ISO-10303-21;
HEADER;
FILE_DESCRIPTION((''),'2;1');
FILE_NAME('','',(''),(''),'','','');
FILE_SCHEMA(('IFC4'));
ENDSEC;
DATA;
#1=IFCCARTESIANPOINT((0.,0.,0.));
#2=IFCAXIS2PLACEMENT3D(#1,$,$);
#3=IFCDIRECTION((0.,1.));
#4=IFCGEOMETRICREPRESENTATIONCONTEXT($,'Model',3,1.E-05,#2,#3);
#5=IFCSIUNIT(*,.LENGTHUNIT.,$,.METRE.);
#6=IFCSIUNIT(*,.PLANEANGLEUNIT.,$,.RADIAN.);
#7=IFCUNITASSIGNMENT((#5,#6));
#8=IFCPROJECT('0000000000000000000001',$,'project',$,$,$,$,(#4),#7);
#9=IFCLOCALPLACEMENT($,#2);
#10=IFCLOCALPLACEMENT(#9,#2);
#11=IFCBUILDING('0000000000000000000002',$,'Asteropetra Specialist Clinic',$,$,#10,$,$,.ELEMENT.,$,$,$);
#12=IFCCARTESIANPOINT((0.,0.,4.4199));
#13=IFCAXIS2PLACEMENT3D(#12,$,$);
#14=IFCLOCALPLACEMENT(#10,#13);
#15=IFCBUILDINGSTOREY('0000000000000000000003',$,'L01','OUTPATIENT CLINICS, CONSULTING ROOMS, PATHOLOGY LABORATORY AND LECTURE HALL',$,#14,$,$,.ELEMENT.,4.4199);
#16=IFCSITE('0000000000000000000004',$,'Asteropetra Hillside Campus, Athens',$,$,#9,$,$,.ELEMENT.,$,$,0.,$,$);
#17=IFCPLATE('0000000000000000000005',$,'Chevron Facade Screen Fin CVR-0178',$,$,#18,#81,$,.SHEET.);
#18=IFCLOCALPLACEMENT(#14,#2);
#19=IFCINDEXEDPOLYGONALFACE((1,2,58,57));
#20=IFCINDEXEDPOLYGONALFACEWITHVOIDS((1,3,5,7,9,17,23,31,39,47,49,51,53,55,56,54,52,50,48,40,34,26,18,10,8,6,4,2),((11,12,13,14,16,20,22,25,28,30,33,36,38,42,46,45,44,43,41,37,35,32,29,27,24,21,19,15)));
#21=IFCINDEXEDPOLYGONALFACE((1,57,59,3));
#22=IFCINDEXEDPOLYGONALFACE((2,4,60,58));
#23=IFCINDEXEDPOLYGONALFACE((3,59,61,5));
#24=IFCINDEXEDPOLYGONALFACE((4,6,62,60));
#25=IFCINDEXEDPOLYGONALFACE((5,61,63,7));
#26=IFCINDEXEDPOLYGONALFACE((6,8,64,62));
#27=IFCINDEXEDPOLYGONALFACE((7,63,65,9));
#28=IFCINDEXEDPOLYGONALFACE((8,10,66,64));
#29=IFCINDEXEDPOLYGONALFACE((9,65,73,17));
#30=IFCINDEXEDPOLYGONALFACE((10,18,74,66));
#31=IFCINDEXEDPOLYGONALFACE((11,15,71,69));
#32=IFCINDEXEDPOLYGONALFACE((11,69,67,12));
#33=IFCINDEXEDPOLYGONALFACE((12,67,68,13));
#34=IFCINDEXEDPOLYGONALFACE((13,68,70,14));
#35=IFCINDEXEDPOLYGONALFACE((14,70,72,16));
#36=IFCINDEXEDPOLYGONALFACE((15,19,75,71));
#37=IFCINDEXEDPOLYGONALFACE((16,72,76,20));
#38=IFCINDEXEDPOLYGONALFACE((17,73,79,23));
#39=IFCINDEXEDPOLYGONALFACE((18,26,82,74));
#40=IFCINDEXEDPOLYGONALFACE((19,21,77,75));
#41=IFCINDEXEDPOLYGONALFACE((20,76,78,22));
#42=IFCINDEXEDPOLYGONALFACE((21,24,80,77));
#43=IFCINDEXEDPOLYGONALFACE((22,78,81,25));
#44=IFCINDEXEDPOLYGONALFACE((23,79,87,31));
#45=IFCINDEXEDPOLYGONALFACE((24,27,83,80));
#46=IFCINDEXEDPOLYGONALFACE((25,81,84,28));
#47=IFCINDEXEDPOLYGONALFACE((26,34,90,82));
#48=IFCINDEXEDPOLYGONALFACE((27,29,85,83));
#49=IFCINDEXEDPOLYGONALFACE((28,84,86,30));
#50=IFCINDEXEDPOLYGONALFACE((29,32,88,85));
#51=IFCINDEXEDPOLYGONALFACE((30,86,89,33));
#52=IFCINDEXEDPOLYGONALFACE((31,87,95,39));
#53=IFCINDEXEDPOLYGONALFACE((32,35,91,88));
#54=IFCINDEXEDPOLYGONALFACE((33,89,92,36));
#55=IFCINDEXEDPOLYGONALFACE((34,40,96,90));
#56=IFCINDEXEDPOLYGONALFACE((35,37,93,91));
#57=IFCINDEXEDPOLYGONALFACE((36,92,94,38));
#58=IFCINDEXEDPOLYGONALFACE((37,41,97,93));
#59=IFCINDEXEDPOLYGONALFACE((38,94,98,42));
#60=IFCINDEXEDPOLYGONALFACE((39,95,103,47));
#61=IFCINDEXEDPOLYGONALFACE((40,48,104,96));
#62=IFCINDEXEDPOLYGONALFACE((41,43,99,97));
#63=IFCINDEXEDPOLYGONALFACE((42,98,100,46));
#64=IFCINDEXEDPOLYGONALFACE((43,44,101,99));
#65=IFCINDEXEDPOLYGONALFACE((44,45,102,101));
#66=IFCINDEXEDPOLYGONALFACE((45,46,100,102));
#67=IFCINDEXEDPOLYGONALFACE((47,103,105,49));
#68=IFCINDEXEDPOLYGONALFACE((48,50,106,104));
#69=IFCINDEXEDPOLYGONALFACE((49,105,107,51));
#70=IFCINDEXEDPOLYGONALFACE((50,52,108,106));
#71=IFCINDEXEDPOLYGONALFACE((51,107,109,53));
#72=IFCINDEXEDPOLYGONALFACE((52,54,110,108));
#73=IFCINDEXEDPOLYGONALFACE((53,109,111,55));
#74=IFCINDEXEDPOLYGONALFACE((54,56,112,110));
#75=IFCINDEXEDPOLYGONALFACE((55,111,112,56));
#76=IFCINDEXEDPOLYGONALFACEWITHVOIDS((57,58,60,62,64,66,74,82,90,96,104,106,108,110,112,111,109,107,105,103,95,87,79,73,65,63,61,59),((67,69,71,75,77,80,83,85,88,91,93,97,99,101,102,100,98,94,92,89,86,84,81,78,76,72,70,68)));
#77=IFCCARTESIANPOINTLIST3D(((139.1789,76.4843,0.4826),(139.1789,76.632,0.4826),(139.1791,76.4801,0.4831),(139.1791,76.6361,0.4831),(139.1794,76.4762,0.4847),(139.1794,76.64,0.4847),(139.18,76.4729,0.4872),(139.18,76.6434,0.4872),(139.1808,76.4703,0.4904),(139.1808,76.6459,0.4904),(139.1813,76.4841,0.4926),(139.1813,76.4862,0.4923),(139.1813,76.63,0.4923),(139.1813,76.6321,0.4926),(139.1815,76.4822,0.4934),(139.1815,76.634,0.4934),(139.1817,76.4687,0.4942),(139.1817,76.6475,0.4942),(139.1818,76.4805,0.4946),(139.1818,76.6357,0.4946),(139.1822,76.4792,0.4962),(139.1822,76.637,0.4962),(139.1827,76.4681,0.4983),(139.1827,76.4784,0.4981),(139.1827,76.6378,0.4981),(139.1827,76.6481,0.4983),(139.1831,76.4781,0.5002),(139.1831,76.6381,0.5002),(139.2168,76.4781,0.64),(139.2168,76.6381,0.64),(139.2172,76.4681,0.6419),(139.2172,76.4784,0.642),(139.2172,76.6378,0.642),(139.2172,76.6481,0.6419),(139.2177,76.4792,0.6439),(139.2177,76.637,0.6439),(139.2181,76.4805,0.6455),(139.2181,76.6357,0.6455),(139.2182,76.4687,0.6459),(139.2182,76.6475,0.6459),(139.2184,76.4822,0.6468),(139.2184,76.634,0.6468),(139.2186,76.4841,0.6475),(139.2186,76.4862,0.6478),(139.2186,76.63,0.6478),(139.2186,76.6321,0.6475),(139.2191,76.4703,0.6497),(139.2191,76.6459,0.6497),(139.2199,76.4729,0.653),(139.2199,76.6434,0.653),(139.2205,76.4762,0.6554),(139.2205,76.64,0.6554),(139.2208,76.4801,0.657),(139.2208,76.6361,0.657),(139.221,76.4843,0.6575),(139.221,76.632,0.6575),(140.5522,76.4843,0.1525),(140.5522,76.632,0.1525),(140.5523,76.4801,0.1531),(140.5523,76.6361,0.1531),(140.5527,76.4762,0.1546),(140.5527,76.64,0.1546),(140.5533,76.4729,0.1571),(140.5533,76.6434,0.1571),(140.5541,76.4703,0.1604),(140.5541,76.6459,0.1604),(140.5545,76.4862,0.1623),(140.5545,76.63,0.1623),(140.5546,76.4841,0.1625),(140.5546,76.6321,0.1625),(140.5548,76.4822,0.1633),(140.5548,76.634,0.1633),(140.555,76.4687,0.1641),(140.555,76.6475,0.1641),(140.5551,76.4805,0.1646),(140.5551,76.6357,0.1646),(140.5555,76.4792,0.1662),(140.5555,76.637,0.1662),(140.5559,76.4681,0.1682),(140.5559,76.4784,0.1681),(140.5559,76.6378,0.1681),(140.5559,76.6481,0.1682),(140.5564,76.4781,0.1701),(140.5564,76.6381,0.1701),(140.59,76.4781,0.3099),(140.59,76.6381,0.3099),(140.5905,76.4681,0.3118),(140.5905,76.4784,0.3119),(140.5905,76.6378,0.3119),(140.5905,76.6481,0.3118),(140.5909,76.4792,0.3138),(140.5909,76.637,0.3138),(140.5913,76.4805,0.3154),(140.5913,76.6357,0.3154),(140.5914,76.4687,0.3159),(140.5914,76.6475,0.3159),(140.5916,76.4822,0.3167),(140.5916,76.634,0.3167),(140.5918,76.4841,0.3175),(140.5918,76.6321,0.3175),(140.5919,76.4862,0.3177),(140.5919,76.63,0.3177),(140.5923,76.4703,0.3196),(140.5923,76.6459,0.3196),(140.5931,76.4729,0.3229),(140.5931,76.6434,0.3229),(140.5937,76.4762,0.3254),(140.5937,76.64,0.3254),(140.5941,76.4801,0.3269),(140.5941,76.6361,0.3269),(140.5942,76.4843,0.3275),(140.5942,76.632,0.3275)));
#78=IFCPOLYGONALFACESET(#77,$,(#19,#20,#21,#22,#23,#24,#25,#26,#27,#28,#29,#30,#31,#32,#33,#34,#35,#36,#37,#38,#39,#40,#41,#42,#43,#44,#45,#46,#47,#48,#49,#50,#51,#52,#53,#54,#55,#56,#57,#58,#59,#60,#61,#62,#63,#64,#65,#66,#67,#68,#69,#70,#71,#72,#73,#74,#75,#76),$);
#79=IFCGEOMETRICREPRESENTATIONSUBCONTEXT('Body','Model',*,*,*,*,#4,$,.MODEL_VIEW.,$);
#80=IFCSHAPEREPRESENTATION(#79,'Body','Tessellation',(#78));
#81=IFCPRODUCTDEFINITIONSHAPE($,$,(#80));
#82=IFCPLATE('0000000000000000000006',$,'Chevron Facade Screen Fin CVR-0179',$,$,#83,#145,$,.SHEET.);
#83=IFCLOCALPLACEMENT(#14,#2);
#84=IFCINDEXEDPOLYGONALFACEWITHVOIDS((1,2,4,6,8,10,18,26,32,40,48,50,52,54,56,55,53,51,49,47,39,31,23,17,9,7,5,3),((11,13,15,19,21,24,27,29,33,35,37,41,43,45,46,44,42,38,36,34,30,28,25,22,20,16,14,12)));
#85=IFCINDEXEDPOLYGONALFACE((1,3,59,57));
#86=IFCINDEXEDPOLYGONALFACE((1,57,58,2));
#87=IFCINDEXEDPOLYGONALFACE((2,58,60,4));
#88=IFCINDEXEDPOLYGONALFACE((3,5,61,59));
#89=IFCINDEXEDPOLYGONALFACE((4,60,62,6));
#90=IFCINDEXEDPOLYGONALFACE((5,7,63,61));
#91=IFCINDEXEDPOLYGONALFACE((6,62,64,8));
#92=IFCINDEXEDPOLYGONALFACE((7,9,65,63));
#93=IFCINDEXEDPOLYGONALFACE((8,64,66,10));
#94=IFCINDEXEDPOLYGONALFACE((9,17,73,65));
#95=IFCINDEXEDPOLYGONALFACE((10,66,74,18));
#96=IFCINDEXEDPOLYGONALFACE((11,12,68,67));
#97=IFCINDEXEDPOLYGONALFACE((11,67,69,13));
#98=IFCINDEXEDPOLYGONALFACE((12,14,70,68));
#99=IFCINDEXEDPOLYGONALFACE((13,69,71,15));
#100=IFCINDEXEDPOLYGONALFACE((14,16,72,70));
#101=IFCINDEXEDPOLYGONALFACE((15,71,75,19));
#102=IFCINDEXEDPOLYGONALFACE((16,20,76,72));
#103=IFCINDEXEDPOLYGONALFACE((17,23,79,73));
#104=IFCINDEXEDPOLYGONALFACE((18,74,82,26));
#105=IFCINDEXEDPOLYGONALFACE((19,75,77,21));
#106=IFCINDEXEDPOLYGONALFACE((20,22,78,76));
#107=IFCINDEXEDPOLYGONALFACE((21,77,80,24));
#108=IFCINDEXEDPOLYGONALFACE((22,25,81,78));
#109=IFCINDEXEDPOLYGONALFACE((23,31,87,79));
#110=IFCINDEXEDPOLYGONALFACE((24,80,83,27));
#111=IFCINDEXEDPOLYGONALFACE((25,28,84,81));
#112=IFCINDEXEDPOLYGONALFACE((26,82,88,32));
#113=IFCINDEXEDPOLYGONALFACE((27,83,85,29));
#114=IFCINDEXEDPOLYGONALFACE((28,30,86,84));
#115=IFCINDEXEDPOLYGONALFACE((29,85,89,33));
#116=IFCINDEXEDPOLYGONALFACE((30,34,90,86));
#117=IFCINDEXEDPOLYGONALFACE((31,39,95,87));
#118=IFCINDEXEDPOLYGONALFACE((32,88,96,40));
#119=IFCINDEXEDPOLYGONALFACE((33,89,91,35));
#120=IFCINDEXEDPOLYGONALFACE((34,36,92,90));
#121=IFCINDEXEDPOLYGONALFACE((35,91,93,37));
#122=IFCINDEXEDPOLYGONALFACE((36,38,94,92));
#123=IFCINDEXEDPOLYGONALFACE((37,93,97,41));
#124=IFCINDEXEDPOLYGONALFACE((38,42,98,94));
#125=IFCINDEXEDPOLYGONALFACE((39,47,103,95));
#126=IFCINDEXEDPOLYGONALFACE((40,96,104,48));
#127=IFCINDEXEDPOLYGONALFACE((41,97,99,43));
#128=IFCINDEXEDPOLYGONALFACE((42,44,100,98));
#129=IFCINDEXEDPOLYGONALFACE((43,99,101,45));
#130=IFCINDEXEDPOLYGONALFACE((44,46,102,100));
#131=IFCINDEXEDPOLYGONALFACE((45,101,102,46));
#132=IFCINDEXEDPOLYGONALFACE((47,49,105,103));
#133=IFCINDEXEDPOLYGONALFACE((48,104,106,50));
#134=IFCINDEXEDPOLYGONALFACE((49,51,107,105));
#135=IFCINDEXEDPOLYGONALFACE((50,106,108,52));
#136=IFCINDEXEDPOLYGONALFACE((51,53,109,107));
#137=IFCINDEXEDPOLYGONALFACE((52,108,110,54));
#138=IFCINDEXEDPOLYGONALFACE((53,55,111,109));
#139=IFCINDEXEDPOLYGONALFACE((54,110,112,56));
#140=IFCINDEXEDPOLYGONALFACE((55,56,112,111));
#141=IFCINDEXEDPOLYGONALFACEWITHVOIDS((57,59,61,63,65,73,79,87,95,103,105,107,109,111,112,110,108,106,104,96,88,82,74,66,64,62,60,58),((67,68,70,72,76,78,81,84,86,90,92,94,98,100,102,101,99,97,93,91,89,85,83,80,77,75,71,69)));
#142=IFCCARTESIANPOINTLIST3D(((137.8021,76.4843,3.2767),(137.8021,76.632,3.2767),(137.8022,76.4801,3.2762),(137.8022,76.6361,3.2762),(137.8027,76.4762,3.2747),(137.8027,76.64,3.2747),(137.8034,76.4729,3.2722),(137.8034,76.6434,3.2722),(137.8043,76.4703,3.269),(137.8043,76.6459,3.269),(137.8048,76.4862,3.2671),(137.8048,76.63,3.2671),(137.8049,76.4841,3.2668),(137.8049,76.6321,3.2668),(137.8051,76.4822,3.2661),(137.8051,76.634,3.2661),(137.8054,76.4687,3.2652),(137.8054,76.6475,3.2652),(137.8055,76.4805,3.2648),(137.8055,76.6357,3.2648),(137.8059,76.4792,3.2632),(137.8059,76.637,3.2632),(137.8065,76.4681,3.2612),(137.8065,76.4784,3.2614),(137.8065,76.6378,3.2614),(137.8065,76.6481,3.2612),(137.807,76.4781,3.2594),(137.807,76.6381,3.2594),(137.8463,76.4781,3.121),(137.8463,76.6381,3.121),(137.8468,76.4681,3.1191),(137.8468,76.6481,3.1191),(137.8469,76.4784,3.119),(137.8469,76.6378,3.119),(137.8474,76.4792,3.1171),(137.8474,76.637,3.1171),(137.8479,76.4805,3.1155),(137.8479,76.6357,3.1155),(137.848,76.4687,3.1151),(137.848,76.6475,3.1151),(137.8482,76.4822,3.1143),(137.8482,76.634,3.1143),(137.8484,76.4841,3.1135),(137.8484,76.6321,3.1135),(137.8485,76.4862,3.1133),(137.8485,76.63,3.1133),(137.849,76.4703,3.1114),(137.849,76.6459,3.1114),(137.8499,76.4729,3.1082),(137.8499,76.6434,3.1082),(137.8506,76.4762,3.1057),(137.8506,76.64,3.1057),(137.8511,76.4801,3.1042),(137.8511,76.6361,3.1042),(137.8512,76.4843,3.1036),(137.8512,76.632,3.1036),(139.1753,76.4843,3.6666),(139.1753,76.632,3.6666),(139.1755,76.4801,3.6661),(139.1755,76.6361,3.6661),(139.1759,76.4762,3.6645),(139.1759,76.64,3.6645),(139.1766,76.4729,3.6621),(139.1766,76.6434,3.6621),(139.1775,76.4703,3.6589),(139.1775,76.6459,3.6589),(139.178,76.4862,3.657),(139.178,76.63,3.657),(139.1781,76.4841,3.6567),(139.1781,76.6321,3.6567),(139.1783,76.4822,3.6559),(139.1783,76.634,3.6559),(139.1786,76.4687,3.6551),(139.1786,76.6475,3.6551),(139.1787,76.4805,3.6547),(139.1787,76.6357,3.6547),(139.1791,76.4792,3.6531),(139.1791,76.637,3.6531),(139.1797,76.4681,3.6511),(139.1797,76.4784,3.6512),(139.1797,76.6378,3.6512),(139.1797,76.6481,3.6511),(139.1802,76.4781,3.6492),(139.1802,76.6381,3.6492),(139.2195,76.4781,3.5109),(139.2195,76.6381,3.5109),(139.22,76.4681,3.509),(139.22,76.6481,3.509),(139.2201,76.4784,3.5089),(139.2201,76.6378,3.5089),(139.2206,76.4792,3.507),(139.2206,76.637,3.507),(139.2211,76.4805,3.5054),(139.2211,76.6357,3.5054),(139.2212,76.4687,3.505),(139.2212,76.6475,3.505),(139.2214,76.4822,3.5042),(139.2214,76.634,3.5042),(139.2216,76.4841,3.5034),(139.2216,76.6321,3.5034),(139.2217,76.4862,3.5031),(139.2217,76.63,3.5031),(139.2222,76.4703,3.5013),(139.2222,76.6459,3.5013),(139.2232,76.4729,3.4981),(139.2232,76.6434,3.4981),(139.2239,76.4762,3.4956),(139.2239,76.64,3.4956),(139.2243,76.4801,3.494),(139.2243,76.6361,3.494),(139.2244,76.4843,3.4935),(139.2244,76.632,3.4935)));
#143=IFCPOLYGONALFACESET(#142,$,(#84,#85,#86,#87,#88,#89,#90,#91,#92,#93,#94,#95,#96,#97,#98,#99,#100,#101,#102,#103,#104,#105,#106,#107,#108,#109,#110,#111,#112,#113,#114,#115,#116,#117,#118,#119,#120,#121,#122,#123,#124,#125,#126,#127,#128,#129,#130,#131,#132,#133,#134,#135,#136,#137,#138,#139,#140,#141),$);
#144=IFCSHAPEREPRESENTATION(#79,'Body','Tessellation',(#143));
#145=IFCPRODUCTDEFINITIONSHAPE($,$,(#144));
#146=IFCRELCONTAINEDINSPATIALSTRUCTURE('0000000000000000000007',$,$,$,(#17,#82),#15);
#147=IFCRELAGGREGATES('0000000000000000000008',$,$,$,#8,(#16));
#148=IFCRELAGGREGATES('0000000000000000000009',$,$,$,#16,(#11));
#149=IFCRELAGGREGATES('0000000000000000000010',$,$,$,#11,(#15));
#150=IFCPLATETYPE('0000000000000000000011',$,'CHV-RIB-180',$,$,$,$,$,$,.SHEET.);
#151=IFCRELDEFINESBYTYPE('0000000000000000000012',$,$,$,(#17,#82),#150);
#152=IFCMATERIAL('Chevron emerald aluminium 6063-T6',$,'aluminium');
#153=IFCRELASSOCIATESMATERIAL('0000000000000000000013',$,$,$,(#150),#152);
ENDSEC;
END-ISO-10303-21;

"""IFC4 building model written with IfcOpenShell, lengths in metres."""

from ifc_helpers import new_model, si_unit, direction, frame, origin, origin_2d, place, context, subcontext, project, spatial, hollow_rectangle, extrude, material, material_profile, profile_set, type_object, element, save


model = new_model("IFC4")

# Units and contexts
model_context = context("Model", 3, precision=1e-05, world=origin(), true_north=direction((0.0, 1.0)))
body_context = subcontext(model_context, "Body", "Model", "MODEL_VIEW")
ifc_project = project(units=[si_unit("LENGTHUNIT", "METRE"), si_unit("PLANEANGLEUNIT", "RADIAN")], contexts=[model_context])

# Site, building, storey
site_placement = place(None, origin())
site = spatial("IfcSite", under=ifc_project, at=site_placement, Name="Asteropetra Hillside Campus, Athens", CompositionType="ELEMENT", RefElevation=0.0)
building_placement = place(site_placement, origin())
building = spatial("IfcBuilding", under=site, at=building_placement, Name="Asteropetra Specialist Clinic", CompositionType="ELEMENT")
storey_placement = place(building_placement, frame((0.0, 0.0, 4.4199)))
storey = spatial("IfcBuildingStorey", under=building, at=storey_placement, Name="L01", Description="OUTPATIENT CLINICS, CONSULTING ROOMS, PATHOLOGY LABORATORY AND LECTURE HALL", CompositionType="ELEMENT", Elevation=4.4199)

# Plates
ifc_material_1 = material(Name="Chevron emerald aluminium 6063-T6", Category="aluminium")
ifc_material_profile_1 = material_profile(ifc_material_1, hollow_rectangle(XDim=0.1799, YDim=0.1799, WallThickness=0.01, InnerFilletRadius=0.0081, OuterFilletRadius=0.0161, at=origin_2d()), Name="SHS 180x180x10.0")
ifc_profile_set_1 = profile_set([ifc_material_profile_1], Name="Chevron emerald aluminium 6063-T6")
plate_type = type_object("IfcPlateType", Name="CHV-RIB-180", PredefinedType="SHEET", material=ifc_profile_set_1)
for number, where, z_axis, x_axis, name in (
    (1, (139.2, 76.5581, 0.5701), (0.972309, 0.0, -0.2337), (0.0, 1.0, 0.0), "Chevron Facade Screen Fin CVR-0178"),
):
    element("IfcPlate", number, at=place(storey_placement, frame(where, z_axis=z_axis, x_axis=x_axis)), inside=storey, type_object=plate_type, Name=name, PredefinedType="SHEET", context=body_context, shape_type="SweptSolid", body=[
        extrude(hollow_rectangle(XDim=0.1799, YDim=0.1799, WallThickness=0.01, InnerFilletRadius=0.0081, OuterFilletRadius=0.0161, at=origin_2d()), origin(), (0.0, 0.0, 1.0), 1.4124),
    ])
for number, where, z_axis, x_axis, name in (
    (2, (137.8267, 76.5581, 3.1902), (0.961981, 0.0, 0.273117), (0.0, 1.0, 0.0), "Chevron Facade Screen Fin CVR-0179"),
):
    element("IfcPlate", number, at=place(storey_placement, frame(where, z_axis=z_axis, x_axis=x_axis)), inside=storey, type_object=plate_type, Name=name, PredefinedType="SHEET", context=body_context, shape_type="SweptSolid", body=[
        extrude(hollow_rectangle(XDim=0.1799, YDim=0.1799, WallThickness=0.01, InnerFilletRadius=0.0081, OuterFilletRadius=0.0161, at=origin_2d()), origin(), (0.0, 0.0, 1.0), 1.4275),
    ])

save(model, "model.ifc")
